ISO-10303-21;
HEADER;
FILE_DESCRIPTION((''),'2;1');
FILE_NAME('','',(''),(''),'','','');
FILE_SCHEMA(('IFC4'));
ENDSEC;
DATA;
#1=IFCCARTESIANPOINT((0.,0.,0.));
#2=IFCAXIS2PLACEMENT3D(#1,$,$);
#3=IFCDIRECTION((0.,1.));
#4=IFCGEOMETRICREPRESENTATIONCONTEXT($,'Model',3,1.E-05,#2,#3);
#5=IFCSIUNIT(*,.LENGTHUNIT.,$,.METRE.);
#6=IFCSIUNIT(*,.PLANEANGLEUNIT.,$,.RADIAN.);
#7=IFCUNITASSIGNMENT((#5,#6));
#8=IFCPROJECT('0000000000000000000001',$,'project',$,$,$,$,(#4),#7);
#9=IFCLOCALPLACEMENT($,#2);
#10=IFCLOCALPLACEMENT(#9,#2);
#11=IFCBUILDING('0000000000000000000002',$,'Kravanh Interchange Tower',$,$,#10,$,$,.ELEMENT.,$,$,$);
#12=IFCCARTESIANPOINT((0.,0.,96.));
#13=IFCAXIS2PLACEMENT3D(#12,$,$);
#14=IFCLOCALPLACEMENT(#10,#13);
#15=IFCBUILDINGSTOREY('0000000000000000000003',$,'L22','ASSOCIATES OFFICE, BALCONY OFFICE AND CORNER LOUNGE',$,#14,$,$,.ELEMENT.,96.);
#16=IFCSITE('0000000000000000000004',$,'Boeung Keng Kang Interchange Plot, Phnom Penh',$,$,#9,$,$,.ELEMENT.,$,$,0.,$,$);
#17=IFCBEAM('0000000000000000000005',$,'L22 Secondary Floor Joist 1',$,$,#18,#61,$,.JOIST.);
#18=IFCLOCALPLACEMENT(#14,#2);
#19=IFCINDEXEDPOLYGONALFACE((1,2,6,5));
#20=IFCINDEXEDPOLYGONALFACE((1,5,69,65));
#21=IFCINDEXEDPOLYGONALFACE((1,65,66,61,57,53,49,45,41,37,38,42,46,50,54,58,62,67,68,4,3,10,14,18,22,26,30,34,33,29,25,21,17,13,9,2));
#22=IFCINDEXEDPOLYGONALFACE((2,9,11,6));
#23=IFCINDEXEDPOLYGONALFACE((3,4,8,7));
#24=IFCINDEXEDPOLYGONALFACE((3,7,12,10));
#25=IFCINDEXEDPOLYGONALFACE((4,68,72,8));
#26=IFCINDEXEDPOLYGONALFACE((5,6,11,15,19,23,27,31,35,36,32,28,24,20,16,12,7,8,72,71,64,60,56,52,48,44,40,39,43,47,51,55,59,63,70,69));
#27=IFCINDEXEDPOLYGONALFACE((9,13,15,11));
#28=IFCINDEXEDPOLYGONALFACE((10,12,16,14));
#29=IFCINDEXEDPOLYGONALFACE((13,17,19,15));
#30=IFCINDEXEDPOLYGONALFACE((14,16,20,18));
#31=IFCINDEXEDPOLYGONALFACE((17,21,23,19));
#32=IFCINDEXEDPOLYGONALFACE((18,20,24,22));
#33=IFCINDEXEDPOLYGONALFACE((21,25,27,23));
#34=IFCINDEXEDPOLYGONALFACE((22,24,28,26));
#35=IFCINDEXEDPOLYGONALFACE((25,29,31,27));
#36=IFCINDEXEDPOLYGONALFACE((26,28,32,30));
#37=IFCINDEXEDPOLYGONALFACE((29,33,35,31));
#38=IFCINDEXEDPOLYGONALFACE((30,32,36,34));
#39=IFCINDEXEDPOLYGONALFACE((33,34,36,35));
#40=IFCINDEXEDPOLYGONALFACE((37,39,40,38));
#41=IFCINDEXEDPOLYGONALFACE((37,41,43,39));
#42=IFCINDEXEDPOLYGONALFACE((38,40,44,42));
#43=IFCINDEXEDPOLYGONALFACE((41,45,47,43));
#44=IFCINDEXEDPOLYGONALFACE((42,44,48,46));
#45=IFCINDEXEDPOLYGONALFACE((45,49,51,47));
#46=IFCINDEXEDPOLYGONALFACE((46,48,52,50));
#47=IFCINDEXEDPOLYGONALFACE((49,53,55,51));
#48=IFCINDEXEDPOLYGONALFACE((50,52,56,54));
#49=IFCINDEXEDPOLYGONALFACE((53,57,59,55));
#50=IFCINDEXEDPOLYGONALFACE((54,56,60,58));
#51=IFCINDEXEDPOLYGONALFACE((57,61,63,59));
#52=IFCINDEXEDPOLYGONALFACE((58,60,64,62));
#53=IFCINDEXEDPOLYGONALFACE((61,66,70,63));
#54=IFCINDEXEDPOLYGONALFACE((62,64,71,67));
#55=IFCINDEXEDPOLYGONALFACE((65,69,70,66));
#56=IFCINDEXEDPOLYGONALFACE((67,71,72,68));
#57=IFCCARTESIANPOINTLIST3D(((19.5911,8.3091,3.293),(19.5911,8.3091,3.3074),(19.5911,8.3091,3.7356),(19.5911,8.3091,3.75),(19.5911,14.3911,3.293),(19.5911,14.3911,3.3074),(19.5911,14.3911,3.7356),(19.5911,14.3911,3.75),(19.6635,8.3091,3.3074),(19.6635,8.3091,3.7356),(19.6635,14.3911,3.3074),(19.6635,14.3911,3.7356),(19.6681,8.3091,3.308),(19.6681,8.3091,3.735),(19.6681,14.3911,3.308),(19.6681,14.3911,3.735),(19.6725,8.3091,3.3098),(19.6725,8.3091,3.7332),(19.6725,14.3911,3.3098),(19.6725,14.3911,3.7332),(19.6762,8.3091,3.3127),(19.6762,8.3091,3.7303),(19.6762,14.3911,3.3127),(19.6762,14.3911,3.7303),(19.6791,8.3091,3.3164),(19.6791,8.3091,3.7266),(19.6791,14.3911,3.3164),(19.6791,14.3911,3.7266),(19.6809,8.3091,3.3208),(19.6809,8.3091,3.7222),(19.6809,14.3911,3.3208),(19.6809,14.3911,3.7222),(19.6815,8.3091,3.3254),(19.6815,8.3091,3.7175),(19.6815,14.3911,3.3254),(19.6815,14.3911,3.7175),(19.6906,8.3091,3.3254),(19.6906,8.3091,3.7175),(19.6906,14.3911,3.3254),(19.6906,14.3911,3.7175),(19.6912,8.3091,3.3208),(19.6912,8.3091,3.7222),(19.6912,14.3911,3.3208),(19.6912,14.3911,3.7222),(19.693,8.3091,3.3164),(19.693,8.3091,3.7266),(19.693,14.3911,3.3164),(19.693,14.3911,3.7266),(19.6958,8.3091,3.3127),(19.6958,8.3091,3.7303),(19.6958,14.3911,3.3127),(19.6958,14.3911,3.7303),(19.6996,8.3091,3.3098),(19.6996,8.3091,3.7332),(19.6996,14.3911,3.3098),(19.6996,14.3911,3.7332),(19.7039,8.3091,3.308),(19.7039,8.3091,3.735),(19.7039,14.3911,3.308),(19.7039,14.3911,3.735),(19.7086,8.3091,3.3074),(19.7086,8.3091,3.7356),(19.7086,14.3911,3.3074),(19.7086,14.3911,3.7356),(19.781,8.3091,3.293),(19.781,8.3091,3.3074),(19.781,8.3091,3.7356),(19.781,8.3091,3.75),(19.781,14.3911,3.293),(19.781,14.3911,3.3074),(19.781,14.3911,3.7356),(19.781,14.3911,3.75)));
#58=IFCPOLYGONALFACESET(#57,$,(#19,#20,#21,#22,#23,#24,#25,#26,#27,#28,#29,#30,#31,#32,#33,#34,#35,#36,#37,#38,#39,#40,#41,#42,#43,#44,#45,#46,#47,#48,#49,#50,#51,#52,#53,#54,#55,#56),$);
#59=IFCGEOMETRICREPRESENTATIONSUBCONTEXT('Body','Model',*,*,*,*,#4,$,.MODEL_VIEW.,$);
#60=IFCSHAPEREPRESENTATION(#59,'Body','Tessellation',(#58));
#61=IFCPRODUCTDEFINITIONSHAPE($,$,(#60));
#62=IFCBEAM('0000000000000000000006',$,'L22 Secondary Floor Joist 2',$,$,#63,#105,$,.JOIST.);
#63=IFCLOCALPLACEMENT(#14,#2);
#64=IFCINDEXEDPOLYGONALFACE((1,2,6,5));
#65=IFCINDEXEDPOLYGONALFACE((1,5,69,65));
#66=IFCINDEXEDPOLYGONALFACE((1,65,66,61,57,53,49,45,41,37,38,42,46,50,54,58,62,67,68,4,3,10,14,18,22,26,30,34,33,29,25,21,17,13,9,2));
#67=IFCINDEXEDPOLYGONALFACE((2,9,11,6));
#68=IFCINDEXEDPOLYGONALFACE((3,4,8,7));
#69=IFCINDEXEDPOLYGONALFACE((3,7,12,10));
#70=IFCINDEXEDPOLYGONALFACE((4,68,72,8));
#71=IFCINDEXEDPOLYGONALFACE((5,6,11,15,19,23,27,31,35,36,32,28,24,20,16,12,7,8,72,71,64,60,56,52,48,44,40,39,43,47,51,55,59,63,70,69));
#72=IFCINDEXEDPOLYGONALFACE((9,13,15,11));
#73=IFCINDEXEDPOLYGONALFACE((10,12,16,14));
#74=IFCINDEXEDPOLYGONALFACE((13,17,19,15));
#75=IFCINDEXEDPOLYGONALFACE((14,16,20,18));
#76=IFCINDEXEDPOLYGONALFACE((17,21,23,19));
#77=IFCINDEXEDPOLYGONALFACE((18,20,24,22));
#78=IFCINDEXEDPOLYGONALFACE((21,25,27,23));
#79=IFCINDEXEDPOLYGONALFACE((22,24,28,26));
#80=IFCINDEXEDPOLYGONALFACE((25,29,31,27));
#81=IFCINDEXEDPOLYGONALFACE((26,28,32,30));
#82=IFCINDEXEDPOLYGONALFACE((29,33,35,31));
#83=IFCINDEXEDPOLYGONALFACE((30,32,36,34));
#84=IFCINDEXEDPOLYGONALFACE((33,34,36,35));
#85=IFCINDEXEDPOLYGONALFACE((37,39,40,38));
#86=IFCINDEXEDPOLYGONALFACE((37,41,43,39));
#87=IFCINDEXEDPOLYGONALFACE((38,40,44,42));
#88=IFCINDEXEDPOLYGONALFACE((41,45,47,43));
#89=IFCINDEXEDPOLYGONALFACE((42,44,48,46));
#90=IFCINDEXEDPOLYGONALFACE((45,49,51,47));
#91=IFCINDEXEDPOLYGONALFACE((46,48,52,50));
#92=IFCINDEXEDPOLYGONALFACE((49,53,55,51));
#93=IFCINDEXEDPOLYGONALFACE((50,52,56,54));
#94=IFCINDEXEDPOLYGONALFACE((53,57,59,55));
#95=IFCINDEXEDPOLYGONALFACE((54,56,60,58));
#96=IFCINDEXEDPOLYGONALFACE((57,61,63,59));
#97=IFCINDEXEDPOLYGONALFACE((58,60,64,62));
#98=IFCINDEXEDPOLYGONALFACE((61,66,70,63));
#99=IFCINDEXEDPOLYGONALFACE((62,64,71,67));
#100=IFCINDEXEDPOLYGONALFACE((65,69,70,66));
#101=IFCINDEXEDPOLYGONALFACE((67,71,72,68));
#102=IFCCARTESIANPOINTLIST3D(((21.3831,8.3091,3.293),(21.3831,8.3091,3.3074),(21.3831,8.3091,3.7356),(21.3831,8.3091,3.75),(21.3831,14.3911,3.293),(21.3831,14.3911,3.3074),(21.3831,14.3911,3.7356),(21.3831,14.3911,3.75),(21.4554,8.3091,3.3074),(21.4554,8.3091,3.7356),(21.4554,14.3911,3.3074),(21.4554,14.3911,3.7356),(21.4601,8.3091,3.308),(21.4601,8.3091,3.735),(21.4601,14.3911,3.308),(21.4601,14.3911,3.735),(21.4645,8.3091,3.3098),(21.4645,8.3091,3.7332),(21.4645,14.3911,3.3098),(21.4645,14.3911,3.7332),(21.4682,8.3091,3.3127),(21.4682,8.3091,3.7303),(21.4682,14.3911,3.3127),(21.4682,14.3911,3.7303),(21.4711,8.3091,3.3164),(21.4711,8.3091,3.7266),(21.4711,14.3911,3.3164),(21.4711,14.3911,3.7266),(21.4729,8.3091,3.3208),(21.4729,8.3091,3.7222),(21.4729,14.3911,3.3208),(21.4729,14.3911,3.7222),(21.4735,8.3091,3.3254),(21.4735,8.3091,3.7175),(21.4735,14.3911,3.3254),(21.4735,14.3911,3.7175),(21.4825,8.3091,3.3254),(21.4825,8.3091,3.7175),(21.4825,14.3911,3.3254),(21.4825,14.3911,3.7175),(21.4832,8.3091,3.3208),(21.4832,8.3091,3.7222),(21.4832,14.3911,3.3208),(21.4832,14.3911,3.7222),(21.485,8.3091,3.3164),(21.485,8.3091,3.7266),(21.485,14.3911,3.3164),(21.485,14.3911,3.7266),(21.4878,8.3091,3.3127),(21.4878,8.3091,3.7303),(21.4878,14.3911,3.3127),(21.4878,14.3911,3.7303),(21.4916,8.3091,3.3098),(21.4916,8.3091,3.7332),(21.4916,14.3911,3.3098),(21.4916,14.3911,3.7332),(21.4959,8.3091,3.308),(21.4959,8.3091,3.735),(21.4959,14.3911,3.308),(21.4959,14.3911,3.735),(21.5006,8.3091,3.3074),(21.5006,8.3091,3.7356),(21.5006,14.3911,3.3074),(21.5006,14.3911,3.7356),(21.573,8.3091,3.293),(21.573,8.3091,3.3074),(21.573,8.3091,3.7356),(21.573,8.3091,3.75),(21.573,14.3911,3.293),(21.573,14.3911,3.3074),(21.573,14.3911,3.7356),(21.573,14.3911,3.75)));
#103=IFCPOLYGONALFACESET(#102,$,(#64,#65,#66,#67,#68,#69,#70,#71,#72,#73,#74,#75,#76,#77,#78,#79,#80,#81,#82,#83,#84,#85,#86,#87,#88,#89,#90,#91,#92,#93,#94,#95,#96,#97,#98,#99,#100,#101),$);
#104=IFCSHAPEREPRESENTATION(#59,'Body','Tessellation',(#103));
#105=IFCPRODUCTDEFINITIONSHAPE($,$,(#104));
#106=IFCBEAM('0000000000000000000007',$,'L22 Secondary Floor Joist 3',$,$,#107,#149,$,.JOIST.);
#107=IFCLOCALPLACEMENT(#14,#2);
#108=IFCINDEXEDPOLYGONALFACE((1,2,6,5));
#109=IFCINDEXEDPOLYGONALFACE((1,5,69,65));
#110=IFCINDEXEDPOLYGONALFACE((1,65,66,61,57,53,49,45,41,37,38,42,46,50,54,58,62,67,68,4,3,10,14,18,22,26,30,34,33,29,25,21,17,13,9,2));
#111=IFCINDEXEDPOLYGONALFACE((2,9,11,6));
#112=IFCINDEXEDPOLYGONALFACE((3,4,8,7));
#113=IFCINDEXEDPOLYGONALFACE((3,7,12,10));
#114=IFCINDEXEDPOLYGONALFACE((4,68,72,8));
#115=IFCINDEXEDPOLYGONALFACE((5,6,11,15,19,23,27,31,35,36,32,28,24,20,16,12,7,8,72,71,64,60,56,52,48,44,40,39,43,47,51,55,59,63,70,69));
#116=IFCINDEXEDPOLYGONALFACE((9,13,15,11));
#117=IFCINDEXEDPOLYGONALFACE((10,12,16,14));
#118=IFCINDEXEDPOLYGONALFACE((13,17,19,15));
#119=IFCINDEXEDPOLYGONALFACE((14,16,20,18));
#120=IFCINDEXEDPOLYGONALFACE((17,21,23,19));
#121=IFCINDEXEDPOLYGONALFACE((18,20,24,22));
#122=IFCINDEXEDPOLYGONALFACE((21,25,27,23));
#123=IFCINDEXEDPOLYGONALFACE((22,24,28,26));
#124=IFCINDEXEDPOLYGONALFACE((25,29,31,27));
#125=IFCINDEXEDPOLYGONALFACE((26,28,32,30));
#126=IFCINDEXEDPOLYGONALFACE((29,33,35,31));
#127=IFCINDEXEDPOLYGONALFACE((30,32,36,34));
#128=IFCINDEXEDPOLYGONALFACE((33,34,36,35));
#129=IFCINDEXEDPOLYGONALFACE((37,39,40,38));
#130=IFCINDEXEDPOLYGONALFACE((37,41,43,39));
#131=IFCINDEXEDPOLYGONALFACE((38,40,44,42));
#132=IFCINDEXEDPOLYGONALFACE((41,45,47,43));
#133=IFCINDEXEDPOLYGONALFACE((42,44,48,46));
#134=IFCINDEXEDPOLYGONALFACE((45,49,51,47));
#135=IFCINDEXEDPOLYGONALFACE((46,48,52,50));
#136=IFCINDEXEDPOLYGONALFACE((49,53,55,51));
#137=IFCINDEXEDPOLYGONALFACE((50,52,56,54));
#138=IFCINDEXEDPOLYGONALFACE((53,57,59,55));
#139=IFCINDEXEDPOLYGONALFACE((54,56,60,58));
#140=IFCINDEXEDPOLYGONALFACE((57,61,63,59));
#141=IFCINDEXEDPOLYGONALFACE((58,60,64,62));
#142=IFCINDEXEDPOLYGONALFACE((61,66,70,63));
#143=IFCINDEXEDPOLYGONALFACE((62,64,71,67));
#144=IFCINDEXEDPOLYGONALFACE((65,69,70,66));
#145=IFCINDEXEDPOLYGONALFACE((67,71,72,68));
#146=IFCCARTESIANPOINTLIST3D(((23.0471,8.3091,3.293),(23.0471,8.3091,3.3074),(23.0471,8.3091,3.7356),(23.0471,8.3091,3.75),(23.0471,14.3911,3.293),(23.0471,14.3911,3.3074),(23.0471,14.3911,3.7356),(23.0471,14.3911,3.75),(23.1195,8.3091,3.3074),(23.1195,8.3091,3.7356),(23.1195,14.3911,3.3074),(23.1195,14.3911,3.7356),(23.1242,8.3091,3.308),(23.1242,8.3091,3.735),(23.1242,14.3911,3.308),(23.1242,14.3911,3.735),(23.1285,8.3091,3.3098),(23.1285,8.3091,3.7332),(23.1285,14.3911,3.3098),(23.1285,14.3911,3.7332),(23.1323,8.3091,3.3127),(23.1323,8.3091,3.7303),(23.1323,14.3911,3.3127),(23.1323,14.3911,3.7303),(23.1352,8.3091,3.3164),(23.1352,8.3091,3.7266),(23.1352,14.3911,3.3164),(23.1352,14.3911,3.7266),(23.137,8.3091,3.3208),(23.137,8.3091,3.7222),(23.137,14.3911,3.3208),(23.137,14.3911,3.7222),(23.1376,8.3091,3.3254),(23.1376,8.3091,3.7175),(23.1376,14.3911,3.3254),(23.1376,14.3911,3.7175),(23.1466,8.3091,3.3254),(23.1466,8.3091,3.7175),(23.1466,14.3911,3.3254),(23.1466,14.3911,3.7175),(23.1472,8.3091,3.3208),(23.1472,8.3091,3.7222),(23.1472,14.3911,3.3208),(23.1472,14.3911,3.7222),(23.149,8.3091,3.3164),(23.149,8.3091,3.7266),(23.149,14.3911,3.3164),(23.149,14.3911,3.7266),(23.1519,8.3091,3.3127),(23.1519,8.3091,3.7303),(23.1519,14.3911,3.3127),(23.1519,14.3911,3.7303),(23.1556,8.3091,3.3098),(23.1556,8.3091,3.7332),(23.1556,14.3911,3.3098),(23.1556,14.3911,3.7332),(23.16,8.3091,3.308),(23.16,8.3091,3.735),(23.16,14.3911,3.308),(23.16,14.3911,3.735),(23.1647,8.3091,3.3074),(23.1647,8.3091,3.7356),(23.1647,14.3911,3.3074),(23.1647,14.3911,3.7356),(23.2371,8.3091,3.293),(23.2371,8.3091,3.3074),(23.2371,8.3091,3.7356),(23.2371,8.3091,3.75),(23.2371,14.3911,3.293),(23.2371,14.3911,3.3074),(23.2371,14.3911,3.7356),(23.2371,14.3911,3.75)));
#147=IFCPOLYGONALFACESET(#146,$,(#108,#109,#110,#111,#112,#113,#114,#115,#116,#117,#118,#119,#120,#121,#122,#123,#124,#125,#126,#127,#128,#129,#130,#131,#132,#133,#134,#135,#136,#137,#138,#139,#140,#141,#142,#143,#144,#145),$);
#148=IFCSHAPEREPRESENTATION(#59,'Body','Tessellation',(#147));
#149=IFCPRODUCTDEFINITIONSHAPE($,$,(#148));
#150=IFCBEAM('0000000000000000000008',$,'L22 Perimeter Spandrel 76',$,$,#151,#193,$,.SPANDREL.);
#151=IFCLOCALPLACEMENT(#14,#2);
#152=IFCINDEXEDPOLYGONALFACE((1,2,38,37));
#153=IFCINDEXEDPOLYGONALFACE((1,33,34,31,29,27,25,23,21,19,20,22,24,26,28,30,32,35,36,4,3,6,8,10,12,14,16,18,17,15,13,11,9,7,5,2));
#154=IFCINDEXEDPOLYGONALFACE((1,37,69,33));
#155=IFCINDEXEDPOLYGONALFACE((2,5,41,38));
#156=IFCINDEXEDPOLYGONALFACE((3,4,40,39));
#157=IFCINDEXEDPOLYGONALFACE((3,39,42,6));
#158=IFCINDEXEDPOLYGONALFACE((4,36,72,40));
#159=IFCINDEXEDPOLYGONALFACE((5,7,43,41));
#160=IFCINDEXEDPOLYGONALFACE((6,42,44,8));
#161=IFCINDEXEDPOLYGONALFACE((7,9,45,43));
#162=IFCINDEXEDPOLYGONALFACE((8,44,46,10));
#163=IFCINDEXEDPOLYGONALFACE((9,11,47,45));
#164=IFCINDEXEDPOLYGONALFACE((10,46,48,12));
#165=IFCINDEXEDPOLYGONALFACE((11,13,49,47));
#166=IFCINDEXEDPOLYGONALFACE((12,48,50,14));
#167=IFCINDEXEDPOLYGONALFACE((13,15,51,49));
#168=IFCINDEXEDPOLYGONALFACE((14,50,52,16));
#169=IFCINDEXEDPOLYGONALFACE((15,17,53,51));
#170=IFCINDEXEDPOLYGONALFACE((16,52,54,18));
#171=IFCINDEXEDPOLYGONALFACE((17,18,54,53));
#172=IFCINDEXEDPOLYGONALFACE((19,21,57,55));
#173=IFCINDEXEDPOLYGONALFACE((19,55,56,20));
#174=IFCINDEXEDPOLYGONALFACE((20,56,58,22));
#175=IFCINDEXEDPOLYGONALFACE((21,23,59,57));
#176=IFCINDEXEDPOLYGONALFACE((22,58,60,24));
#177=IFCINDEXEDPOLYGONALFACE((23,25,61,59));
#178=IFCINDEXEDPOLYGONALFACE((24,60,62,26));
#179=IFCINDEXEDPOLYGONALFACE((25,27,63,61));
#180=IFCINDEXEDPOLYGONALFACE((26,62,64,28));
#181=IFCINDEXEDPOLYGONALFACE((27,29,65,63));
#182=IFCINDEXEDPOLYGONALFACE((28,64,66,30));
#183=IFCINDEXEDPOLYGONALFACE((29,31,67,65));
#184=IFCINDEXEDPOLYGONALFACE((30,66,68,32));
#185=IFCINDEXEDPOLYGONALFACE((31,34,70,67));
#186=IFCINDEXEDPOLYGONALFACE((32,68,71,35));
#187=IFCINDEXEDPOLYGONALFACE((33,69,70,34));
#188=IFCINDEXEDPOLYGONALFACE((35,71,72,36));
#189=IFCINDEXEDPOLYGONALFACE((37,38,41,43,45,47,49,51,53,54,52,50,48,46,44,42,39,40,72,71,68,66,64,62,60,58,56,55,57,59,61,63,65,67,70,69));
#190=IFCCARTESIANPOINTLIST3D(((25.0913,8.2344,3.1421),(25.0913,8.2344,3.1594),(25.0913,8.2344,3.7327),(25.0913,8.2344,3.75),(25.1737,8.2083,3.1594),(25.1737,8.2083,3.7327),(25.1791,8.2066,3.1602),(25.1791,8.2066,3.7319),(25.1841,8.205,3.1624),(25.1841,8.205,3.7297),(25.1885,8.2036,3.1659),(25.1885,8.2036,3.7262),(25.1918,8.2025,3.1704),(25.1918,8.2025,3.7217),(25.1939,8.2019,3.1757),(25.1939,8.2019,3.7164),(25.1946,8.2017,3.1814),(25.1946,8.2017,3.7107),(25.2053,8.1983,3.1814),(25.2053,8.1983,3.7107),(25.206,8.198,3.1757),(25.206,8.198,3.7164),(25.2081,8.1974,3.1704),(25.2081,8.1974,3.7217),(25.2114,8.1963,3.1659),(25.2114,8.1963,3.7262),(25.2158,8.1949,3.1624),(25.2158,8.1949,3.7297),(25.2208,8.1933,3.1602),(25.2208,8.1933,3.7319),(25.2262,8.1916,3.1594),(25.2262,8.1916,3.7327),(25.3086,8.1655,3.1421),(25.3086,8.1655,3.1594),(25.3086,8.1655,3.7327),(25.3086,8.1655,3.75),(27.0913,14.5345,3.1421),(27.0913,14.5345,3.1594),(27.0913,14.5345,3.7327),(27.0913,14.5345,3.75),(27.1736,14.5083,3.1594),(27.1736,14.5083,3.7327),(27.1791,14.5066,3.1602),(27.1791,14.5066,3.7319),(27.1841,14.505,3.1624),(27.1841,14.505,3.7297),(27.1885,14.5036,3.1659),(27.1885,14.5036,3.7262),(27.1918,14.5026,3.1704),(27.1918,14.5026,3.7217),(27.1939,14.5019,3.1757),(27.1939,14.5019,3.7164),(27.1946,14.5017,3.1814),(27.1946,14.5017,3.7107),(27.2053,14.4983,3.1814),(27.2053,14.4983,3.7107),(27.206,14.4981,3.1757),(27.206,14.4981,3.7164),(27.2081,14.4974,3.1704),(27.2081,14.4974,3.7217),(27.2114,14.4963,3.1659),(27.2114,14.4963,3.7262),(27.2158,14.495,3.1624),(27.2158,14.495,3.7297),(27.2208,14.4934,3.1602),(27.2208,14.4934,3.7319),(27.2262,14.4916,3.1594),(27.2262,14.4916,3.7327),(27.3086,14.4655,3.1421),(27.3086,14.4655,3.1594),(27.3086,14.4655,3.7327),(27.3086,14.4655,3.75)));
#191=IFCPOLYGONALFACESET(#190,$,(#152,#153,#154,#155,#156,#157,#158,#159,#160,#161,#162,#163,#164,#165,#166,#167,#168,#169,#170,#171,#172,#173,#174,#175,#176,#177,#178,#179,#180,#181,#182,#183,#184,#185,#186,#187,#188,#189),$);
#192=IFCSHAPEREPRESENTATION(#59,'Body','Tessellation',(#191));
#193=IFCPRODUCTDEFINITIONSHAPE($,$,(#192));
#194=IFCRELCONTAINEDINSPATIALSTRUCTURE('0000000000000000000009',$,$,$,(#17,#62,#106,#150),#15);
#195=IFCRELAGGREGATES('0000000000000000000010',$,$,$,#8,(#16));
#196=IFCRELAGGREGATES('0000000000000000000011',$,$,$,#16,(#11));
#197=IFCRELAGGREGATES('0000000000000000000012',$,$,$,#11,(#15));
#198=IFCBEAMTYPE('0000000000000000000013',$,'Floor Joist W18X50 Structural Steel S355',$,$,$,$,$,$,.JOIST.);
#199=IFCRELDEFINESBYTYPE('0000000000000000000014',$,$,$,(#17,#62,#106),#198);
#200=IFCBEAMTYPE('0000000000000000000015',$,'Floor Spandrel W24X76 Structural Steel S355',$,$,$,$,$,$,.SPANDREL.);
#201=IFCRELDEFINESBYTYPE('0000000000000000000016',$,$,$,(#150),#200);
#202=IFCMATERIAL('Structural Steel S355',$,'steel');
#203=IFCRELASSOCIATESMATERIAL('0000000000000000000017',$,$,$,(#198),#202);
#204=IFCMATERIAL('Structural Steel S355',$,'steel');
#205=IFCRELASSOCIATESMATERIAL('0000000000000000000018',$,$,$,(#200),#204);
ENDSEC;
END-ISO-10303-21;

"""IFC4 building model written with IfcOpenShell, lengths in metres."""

from ifc_helpers import new_model, si_unit, direction, frame, origin, origin_2d, place, context, subcontext, project, spatial, i_section, extrude, material, material_profile, profile_set, type_object, element, save


model = new_model("IFC4")

# Units and contexts
model_context = context("Model", 3, precision=1e-05, world=origin(), true_north=direction((0.0, 1.0)))
body_context = subcontext(model_context, "Body", "Model", "MODEL_VIEW")
ifc_project = project(units=[si_unit("LENGTHUNIT", "METRE"), si_unit("PLANEANGLEUNIT", "RADIAN")], contexts=[model_context])

# Site, building, storey
site_placement = place(None, origin())
site = spatial("IfcSite", under=ifc_project, at=site_placement, Name="Boeung Keng Kang Interchange Plot, Phnom Penh", CompositionType="ELEMENT", RefElevation=0.0)
building_placement = place(site_placement, origin())
building = spatial("IfcBuilding", under=site, at=building_placement, Name="Kravanh Interchange Tower", CompositionType="ELEMENT")
storey_placement = place(building_placement, frame((0.0, 0.0, 96.0)))
storey = spatial("IfcBuildingStorey", under=building, at=storey_placement, Name="L22", Description="ASSOCIATES OFFICE, BALCONY OFFICE AND CORNER LOUNGE", CompositionType="ELEMENT", Elevation=96.0)

# Beams
ifc_material_1 = material(Name="Structural Steel S355", Category="steel")
ifc_material_profile_1 = material_profile(ifc_material_1, i_section(OverallWidth=0.1899, OverallDepth=0.457, WebThickness=0.009, FlangeThickness=0.0144, FilletRadius=0.0181, at=origin_2d()), Name="W18X50")
ifc_profile_set_1 = profile_set([ifc_material_profile_1], Name="Structural Steel S355")
beam_type_1 = type_object("IfcBeamType", Name="Floor Joist W18X50 Structural Steel S355", PredefinedType="JOIST", material=ifc_profile_set_1)
for number, where, z_axis, x_axis, name in (
    (1, (19.686, 8.3091, 3.5215), (0.0, 1.0, 0.0), (-1.0, 0.0, 0.0), "L22 Secondary Floor Joist 1"),
    (2, (21.478, 8.3091, 3.5215), (0.0, 1.0, 0.0), (-1.0, 0.0, 0.0), "L22 Secondary Floor Joist 2"),
    (3, (23.1421, 8.3091, 3.5215), (0.0, 1.0, 0.0), (-1.0, 0.0, 0.0), "L22 Secondary Floor Joist 3"),
):
    element("IfcBeam", number, at=place(storey_placement, frame(where, z_axis=z_axis, x_axis=x_axis)), inside=storey, type_object=beam_type_1, Name=name, PredefinedType="JOIST", context=body_context, shape_type="SweptSolid", body=[
        extrude(i_section(OverallWidth=0.1899, OverallDepth=0.457, WebThickness=0.009, FlangeThickness=0.0144, FilletRadius=0.0181, at=origin_2d()), origin(), (0.0, 0.0, 1.0), 6.082),
    ])
ifc_material_2 = material(Name="Structural Steel S355", Category="steel")
ifc_material_profile_2 = material_profile(ifc_material_2, i_section(OverallWidth=0.228, OverallDepth=0.6079, WebThickness=0.0112, FlangeThickness=0.0173, FilletRadius=0.022, at=origin_2d()), Name="W24X76")
ifc_profile_set_2 = profile_set([ifc_material_profile_2], Name="Structural Steel S355")
beam_type_2 = type_object("IfcBeamType", Name="Floor Spandrel W24X76 Structural Steel S355", PredefinedType="SPANDREL", material=ifc_profile_set_2)
beam_1_placement = place(storey_placement, frame((25.2, 8.2, 3.446), z_axis=(0.302577, 0.953125, 0.0), x_axis=(-0.953125, 0.302577, 0.0)))
element("IfcBeam", 4, at=beam_1_placement, inside=storey, type_object=beam_type_2, Name="L22 Perimeter Spandrel 76", PredefinedType="SPANDREL", context=body_context, shape_type="SweptSolid", body=[
    extrude(i_section(OverallWidth=0.228, OverallDepth=0.6079, WebThickness=0.0112, FlangeThickness=0.0173, FilletRadius=0.022, at=origin_2d()), origin(), (0.0, 0.0, 1.0), 6.6099),
])

save(model, "model.ifc")
